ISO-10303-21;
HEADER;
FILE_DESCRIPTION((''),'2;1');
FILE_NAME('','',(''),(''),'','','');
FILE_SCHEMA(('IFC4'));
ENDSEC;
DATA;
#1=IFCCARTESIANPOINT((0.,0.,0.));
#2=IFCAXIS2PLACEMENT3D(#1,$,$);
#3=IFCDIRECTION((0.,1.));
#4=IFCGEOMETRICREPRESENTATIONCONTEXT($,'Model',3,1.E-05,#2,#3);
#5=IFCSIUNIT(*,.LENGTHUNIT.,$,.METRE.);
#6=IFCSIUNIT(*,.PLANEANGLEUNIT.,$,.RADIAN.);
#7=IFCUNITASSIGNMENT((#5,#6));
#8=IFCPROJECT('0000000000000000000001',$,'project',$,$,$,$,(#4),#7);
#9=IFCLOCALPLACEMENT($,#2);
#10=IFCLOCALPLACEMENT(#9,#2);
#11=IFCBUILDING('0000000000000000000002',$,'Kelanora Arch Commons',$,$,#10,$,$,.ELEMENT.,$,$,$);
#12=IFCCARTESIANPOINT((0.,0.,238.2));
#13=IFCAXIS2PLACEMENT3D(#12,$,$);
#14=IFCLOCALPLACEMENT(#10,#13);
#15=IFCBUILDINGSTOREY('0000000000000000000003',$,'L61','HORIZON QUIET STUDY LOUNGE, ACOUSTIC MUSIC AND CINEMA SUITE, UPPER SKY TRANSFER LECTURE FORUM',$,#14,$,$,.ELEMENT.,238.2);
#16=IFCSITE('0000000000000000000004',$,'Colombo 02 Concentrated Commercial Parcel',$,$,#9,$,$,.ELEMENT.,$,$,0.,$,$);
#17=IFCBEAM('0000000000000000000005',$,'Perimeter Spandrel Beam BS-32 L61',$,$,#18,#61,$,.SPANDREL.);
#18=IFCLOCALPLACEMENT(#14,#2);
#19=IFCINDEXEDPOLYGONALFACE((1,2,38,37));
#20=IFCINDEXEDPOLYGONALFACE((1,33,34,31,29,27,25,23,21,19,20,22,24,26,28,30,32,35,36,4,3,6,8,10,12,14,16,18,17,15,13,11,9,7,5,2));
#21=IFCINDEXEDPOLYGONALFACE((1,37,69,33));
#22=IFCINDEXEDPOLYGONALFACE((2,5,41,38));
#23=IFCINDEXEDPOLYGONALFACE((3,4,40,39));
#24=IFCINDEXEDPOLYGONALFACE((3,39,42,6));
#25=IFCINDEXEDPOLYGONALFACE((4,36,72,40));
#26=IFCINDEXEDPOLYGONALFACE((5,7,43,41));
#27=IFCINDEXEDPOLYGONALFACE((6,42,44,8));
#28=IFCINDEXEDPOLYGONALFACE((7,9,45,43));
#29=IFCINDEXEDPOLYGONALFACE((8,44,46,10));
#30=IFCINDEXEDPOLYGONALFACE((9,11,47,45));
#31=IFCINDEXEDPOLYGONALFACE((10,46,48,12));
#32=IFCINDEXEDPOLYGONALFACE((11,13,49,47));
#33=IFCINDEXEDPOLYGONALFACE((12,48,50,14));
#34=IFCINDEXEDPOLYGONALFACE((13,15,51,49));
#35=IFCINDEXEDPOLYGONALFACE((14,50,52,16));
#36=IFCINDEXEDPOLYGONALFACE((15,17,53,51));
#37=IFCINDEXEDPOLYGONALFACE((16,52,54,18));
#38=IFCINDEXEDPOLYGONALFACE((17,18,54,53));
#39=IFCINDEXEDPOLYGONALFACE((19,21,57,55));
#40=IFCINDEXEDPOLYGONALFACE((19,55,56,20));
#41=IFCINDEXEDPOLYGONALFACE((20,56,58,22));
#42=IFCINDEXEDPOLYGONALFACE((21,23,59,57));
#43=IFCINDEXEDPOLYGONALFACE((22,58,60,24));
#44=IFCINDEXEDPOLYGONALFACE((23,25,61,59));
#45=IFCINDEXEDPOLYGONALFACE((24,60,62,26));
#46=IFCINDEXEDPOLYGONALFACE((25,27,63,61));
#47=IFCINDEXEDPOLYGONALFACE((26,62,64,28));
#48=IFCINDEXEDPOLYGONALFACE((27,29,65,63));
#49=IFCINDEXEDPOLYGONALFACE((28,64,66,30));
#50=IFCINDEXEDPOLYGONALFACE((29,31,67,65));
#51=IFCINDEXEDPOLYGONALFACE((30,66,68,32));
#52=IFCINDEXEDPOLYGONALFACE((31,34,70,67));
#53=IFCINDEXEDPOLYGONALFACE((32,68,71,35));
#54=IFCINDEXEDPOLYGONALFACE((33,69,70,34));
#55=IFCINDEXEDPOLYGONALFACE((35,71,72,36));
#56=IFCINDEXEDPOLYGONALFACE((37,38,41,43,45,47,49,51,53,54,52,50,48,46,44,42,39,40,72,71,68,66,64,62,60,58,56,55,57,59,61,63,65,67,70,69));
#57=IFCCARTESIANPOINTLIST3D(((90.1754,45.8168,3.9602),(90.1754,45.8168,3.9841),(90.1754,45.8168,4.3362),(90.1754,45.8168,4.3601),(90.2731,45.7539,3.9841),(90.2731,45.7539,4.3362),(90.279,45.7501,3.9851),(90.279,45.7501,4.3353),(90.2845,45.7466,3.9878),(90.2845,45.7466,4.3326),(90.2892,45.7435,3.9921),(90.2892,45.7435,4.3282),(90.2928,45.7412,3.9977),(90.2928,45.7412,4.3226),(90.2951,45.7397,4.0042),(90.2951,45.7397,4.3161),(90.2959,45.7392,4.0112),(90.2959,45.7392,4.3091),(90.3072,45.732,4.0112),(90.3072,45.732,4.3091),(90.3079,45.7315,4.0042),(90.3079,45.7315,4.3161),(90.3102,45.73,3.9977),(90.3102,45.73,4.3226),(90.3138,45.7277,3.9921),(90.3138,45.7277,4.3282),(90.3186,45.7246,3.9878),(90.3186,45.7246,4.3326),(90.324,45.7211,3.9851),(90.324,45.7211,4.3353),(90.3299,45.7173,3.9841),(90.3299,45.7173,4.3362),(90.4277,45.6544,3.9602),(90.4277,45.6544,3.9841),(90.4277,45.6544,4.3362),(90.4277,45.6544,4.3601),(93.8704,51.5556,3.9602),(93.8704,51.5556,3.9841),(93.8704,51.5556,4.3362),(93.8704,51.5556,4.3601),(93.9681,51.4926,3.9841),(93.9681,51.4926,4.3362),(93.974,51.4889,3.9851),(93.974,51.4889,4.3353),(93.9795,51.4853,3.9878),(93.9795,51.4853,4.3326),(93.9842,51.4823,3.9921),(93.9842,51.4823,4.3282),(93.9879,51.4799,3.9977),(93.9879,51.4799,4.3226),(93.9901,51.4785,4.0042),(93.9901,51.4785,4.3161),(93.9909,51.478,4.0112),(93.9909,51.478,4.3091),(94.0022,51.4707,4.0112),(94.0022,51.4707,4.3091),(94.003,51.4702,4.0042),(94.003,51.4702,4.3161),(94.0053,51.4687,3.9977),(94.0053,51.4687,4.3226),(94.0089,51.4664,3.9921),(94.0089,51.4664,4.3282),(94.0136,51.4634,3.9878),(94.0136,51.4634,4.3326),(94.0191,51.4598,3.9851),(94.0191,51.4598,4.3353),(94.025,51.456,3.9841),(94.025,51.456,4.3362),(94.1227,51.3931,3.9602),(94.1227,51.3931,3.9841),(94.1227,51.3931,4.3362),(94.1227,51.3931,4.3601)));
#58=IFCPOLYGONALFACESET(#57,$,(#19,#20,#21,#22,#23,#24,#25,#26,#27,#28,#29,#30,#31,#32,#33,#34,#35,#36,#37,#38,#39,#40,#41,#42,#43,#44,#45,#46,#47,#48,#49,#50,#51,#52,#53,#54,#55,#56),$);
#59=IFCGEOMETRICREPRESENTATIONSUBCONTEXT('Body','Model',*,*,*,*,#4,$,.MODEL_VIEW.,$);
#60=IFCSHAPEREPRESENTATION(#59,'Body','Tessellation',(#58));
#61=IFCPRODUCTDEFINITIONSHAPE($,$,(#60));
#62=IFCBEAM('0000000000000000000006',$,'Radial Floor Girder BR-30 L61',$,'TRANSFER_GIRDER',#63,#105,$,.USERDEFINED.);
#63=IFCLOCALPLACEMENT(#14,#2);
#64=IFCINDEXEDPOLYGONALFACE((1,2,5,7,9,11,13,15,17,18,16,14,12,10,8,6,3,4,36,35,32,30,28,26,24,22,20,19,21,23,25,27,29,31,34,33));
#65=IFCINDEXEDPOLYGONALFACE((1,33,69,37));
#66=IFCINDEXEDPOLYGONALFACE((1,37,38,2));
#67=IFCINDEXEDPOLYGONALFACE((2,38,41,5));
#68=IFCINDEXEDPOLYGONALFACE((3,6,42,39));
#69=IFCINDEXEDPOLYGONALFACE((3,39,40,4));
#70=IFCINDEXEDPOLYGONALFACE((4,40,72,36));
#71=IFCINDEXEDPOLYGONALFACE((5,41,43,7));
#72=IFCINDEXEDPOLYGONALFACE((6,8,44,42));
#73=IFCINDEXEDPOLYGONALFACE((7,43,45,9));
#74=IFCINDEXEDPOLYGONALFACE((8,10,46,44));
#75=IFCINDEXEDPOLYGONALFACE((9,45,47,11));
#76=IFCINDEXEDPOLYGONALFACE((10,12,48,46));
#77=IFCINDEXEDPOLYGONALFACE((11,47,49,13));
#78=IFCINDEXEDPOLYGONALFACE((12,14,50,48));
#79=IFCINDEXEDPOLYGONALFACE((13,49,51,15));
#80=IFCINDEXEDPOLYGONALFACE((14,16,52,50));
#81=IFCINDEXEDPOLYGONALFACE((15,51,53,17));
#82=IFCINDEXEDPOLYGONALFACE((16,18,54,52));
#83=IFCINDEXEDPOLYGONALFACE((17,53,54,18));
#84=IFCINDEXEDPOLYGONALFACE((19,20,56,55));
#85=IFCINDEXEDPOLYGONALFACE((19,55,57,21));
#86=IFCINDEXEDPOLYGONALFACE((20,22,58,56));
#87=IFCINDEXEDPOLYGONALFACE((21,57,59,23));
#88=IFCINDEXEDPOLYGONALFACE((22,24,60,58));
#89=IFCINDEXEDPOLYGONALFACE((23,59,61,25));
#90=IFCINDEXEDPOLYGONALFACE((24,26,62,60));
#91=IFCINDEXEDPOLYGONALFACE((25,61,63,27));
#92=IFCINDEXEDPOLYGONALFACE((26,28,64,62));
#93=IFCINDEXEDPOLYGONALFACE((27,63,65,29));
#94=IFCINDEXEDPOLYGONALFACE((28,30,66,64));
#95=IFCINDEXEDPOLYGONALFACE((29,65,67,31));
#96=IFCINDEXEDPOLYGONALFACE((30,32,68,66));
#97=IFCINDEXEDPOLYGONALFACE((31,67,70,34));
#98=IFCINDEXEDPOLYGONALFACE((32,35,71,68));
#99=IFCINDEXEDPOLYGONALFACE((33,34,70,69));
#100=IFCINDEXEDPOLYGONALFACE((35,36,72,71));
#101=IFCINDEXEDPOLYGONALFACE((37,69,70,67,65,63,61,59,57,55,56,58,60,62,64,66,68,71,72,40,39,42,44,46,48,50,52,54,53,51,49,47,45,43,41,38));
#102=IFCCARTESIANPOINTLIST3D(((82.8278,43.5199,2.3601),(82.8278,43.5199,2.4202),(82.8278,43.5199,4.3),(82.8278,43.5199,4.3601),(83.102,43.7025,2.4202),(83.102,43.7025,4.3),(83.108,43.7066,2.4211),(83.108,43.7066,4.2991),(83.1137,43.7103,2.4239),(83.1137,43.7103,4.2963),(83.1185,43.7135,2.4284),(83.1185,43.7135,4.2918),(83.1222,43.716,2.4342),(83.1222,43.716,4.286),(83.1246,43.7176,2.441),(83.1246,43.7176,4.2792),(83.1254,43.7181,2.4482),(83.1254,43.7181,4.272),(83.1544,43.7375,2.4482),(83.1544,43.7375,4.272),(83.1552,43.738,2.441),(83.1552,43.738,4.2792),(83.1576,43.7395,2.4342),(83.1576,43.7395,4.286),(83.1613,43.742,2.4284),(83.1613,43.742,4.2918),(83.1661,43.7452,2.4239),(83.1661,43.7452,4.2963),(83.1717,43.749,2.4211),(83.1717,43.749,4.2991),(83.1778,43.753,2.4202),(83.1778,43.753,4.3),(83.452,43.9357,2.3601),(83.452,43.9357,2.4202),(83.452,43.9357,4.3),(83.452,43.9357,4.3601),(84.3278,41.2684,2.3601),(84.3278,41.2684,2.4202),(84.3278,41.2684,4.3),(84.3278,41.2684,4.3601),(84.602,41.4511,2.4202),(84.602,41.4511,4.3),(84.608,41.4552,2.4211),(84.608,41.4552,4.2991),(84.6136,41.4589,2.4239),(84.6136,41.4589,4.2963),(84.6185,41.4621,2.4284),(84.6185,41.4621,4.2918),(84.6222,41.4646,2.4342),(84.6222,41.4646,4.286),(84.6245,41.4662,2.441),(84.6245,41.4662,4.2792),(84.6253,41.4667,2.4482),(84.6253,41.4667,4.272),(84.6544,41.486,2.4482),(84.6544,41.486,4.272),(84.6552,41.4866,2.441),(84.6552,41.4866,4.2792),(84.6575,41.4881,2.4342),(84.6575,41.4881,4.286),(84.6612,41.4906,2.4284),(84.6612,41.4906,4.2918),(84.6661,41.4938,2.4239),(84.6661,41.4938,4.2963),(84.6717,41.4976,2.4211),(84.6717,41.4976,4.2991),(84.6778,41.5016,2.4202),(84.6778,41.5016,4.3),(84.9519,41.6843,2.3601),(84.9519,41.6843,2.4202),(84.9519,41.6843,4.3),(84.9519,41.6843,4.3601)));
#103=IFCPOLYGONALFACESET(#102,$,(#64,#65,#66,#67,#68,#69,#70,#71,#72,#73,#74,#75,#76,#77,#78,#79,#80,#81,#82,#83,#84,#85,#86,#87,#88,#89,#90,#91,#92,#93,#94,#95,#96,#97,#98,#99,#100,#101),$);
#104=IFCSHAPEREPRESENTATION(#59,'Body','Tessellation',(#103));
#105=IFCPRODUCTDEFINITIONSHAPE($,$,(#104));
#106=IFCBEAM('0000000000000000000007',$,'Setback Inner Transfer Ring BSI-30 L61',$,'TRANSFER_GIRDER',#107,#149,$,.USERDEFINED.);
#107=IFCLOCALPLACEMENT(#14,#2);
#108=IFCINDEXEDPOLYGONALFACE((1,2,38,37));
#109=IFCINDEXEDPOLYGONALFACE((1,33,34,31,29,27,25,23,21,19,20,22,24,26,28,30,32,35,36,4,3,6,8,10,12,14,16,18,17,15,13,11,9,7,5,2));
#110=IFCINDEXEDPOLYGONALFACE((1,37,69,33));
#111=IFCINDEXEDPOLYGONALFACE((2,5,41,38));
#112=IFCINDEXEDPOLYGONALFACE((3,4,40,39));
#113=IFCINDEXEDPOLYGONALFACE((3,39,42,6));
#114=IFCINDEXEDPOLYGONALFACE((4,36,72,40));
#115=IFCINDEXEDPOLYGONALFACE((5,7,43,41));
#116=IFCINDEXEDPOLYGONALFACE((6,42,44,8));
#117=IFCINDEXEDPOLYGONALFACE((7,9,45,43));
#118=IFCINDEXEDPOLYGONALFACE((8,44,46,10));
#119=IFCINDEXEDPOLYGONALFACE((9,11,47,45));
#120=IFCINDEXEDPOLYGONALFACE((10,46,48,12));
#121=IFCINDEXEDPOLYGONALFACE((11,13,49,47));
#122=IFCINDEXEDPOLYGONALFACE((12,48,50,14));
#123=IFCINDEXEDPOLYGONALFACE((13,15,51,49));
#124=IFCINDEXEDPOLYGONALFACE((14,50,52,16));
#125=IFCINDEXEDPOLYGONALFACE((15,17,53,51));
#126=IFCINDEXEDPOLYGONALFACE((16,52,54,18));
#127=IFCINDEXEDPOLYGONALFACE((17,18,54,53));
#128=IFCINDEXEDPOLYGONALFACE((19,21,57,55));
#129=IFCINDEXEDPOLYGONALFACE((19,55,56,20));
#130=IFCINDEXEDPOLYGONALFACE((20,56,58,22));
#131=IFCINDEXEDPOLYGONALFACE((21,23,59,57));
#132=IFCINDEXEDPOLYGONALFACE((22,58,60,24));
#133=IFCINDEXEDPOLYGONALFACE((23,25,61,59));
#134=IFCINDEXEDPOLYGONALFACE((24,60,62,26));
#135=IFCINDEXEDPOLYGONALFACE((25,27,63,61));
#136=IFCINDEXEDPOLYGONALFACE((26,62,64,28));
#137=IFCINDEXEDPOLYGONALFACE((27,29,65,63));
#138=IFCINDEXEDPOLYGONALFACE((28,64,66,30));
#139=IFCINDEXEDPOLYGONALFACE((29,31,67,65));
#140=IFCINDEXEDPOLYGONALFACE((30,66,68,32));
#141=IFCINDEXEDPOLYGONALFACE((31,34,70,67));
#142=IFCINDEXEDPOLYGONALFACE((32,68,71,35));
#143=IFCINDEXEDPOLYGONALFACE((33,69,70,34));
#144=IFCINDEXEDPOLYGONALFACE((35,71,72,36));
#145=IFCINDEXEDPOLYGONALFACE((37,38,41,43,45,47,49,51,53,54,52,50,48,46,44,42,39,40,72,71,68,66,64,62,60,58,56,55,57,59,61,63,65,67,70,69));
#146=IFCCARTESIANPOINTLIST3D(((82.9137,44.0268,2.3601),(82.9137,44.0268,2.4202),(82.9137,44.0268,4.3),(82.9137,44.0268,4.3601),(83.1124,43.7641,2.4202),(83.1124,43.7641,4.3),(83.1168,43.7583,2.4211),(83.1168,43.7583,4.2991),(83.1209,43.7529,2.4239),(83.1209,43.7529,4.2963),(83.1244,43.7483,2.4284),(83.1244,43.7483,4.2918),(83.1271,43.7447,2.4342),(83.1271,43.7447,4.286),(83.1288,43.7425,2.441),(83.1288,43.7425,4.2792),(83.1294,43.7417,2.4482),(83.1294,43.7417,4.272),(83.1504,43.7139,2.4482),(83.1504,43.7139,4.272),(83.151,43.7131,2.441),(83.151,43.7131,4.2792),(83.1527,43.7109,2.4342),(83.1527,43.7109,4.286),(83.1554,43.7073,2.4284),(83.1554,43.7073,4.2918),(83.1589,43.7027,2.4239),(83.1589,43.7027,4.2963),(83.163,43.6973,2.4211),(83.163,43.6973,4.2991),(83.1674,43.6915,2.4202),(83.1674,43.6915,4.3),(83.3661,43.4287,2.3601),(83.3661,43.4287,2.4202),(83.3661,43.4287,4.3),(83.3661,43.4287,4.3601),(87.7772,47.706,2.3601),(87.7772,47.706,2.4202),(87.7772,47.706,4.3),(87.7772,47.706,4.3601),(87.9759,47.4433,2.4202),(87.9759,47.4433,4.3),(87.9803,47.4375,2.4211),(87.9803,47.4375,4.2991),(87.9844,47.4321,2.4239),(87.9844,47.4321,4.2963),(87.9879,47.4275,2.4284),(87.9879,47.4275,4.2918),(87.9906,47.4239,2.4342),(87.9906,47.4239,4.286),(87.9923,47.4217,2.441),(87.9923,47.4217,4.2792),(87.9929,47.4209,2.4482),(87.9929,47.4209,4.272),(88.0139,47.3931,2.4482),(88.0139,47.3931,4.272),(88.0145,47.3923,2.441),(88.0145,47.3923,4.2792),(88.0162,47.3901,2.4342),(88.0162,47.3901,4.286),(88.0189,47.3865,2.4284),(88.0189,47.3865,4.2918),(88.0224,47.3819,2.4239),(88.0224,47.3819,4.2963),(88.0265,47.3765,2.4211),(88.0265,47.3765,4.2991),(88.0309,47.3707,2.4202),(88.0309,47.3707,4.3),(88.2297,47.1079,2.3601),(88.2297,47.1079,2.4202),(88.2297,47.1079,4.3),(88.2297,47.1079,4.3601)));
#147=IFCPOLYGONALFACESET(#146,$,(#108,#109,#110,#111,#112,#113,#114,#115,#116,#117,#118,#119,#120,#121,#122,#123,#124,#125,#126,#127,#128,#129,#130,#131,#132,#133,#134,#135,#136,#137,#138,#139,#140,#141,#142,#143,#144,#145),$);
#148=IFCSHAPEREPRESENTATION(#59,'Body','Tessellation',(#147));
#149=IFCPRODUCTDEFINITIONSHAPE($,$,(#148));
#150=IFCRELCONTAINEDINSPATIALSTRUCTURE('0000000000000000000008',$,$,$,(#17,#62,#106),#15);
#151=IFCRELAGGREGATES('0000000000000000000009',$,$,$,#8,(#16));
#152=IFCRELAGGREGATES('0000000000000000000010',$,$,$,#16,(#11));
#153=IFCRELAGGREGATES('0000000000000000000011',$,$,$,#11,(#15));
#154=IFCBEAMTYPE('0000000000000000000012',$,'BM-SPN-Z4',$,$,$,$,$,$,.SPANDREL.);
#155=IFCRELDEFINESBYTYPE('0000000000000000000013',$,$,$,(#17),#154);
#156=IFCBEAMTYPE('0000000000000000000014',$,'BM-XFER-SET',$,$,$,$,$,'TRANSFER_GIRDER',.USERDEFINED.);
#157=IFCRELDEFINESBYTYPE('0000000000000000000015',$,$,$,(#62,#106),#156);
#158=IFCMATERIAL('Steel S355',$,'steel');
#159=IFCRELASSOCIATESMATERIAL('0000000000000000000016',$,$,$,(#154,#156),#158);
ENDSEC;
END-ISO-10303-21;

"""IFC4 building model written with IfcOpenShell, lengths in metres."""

from ifc_helpers import new_model, si_unit, direction, frame, origin, origin_2d, place, context, subcontext, project, spatial, i_section, extrude, material, material_profile, profile_set, type_object, element, save


model = new_model("IFC4")

# Units and contexts
model_context = context("Model", 3, precision=1e-05, world=origin(), true_north=direction((0.0, 1.0)))
body_context = subcontext(model_context, "Body", "Model", "MODEL_VIEW")
ifc_project = project(units=[si_unit("LENGTHUNIT", "METRE"), si_unit("PLANEANGLEUNIT", "RADIAN")], contexts=[model_context])

# Site, building, storey
site_placement = place(None, origin())
site = spatial("IfcSite", under=ifc_project, at=site_placement, Name="Colombo 02 Concentrated Commercial Parcel", CompositionType="ELEMENT", RefElevation=0.0)
building_placement = place(site_placement, origin())
building = spatial("IfcBuilding", under=site, at=building_placement, Name="Kelanora Arch Commons", CompositionType="ELEMENT")
storey_placement = place(building_placement, frame((0.0, 0.0, 238.2)))
storey = spatial("IfcBuildingStorey", under=building, at=storey_placement, Name="L61", Description="HORIZON QUIET STUDY LOUNGE, ACOUSTIC MUSIC AND CINEMA SUITE, UPPER SKY TRANSFER LECTURE FORUM", CompositionType="ELEMENT", Elevation=238.2)

# Beams
ifc_material_1 = material(Name="Steel S355", Category="steel")
ifc_material_profile_1 = material_profile(ifc_material_1, i_section(OverallWidth=0.3, OverallDepth=0.3999, WebThickness=0.0134, FlangeThickness=0.0239, FilletRadius=0.0271, at=origin_2d()), Name="HEB400")
ifc_profile_set_1 = profile_set([ifc_material_profile_1], Name="Steel S355")
beam_type_1 = type_object("IfcBeamType", Name="BM-SPN-Z4", PredefinedType="SPANDREL", material=ifc_profile_set_1)
beam_1_placement = place(storey_placement, frame((90.3015, 45.7356, 4.1602), z_axis=(0.541365, 0.840788, 0.0), x_axis=(-0.840788, 0.541365, 0.0)))
element("IfcBeam", 1, at=beam_1_placement, inside=storey, type_object=beam_type_1, Name="Perimeter Spandrel Beam BS-32 L61", PredefinedType="SPANDREL", context=body_context, shape_type="SweptSolid", body=[
    extrude(i_section(OverallWidth=0.3, OverallDepth=0.3999, WebThickness=0.0134, FlangeThickness=0.0239, FilletRadius=0.0271, at=origin_2d()), origin(), (0.0, 0.0, 1.0), 6.8254),
])
ifc_material_profile_2 = material_profile(ifc_material_1, i_section(OverallWidth=0.75, OverallDepth=2.0, WebThickness=0.0349, FlangeThickness=0.0601, FilletRadius=0.0281, at=origin_2d()), Name="PG2000x750")
ifc_profile_set_2 = profile_set([ifc_material_profile_2], Name="Steel S355")
beam_type_2 = type_object("IfcBeamType", Name="BM-XFER-SET", ElementType="TRANSFER_GIRDER", PredefinedType="USERDEFINED", material=ifc_profile_set_2)
beam_2_placement = place(storey_placement, frame((83.1399, 43.7278, 3.3601), z_axis=(0.55445, -0.832217, 0.0), x_axis=(0.832217, 0.55445, 0.0)))
element("IfcBeam", 2, at=beam_2_placement, inside=storey, type_object=beam_type_2, Name="Radial Floor Girder BR-30 L61", ObjectType="TRANSFER_GIRDER", PredefinedType="USERDEFINED", context=body_context, shape_type="SweptSolid", body=[
    extrude(i_section(OverallWidth=0.75, OverallDepth=2.0, WebThickness=0.0349, FlangeThickness=0.0601, FilletRadius=0.0281, at=origin_2d()), origin(), (0.0, 0.0, 1.0), 2.7053),
])
beam_3_placement = place(storey_placement, frame((83.1399, 43.7278, 3.3601), z_axis=(0.797509, 0.603306, 0.0), x_axis=(-0.603306, 0.797509, 0.0)))
element("IfcBeam", 3, at=beam_3_placement, inside=storey, type_object=beam_type_2, Name="Setback Inner Transfer Ring BSI-30 L61", ObjectType="TRANSFER_GIRDER", PredefinedType="USERDEFINED", context=body_context, shape_type="SweptSolid", body=[
    extrude(i_section(OverallWidth=0.75, OverallDepth=2.0, WebThickness=0.0349, FlangeThickness=0.0601, FilletRadius=0.0281, at=origin_2d()), origin(), (0.0, 0.0, 1.0), 6.0984),
])

save(model, "model.ifc")
